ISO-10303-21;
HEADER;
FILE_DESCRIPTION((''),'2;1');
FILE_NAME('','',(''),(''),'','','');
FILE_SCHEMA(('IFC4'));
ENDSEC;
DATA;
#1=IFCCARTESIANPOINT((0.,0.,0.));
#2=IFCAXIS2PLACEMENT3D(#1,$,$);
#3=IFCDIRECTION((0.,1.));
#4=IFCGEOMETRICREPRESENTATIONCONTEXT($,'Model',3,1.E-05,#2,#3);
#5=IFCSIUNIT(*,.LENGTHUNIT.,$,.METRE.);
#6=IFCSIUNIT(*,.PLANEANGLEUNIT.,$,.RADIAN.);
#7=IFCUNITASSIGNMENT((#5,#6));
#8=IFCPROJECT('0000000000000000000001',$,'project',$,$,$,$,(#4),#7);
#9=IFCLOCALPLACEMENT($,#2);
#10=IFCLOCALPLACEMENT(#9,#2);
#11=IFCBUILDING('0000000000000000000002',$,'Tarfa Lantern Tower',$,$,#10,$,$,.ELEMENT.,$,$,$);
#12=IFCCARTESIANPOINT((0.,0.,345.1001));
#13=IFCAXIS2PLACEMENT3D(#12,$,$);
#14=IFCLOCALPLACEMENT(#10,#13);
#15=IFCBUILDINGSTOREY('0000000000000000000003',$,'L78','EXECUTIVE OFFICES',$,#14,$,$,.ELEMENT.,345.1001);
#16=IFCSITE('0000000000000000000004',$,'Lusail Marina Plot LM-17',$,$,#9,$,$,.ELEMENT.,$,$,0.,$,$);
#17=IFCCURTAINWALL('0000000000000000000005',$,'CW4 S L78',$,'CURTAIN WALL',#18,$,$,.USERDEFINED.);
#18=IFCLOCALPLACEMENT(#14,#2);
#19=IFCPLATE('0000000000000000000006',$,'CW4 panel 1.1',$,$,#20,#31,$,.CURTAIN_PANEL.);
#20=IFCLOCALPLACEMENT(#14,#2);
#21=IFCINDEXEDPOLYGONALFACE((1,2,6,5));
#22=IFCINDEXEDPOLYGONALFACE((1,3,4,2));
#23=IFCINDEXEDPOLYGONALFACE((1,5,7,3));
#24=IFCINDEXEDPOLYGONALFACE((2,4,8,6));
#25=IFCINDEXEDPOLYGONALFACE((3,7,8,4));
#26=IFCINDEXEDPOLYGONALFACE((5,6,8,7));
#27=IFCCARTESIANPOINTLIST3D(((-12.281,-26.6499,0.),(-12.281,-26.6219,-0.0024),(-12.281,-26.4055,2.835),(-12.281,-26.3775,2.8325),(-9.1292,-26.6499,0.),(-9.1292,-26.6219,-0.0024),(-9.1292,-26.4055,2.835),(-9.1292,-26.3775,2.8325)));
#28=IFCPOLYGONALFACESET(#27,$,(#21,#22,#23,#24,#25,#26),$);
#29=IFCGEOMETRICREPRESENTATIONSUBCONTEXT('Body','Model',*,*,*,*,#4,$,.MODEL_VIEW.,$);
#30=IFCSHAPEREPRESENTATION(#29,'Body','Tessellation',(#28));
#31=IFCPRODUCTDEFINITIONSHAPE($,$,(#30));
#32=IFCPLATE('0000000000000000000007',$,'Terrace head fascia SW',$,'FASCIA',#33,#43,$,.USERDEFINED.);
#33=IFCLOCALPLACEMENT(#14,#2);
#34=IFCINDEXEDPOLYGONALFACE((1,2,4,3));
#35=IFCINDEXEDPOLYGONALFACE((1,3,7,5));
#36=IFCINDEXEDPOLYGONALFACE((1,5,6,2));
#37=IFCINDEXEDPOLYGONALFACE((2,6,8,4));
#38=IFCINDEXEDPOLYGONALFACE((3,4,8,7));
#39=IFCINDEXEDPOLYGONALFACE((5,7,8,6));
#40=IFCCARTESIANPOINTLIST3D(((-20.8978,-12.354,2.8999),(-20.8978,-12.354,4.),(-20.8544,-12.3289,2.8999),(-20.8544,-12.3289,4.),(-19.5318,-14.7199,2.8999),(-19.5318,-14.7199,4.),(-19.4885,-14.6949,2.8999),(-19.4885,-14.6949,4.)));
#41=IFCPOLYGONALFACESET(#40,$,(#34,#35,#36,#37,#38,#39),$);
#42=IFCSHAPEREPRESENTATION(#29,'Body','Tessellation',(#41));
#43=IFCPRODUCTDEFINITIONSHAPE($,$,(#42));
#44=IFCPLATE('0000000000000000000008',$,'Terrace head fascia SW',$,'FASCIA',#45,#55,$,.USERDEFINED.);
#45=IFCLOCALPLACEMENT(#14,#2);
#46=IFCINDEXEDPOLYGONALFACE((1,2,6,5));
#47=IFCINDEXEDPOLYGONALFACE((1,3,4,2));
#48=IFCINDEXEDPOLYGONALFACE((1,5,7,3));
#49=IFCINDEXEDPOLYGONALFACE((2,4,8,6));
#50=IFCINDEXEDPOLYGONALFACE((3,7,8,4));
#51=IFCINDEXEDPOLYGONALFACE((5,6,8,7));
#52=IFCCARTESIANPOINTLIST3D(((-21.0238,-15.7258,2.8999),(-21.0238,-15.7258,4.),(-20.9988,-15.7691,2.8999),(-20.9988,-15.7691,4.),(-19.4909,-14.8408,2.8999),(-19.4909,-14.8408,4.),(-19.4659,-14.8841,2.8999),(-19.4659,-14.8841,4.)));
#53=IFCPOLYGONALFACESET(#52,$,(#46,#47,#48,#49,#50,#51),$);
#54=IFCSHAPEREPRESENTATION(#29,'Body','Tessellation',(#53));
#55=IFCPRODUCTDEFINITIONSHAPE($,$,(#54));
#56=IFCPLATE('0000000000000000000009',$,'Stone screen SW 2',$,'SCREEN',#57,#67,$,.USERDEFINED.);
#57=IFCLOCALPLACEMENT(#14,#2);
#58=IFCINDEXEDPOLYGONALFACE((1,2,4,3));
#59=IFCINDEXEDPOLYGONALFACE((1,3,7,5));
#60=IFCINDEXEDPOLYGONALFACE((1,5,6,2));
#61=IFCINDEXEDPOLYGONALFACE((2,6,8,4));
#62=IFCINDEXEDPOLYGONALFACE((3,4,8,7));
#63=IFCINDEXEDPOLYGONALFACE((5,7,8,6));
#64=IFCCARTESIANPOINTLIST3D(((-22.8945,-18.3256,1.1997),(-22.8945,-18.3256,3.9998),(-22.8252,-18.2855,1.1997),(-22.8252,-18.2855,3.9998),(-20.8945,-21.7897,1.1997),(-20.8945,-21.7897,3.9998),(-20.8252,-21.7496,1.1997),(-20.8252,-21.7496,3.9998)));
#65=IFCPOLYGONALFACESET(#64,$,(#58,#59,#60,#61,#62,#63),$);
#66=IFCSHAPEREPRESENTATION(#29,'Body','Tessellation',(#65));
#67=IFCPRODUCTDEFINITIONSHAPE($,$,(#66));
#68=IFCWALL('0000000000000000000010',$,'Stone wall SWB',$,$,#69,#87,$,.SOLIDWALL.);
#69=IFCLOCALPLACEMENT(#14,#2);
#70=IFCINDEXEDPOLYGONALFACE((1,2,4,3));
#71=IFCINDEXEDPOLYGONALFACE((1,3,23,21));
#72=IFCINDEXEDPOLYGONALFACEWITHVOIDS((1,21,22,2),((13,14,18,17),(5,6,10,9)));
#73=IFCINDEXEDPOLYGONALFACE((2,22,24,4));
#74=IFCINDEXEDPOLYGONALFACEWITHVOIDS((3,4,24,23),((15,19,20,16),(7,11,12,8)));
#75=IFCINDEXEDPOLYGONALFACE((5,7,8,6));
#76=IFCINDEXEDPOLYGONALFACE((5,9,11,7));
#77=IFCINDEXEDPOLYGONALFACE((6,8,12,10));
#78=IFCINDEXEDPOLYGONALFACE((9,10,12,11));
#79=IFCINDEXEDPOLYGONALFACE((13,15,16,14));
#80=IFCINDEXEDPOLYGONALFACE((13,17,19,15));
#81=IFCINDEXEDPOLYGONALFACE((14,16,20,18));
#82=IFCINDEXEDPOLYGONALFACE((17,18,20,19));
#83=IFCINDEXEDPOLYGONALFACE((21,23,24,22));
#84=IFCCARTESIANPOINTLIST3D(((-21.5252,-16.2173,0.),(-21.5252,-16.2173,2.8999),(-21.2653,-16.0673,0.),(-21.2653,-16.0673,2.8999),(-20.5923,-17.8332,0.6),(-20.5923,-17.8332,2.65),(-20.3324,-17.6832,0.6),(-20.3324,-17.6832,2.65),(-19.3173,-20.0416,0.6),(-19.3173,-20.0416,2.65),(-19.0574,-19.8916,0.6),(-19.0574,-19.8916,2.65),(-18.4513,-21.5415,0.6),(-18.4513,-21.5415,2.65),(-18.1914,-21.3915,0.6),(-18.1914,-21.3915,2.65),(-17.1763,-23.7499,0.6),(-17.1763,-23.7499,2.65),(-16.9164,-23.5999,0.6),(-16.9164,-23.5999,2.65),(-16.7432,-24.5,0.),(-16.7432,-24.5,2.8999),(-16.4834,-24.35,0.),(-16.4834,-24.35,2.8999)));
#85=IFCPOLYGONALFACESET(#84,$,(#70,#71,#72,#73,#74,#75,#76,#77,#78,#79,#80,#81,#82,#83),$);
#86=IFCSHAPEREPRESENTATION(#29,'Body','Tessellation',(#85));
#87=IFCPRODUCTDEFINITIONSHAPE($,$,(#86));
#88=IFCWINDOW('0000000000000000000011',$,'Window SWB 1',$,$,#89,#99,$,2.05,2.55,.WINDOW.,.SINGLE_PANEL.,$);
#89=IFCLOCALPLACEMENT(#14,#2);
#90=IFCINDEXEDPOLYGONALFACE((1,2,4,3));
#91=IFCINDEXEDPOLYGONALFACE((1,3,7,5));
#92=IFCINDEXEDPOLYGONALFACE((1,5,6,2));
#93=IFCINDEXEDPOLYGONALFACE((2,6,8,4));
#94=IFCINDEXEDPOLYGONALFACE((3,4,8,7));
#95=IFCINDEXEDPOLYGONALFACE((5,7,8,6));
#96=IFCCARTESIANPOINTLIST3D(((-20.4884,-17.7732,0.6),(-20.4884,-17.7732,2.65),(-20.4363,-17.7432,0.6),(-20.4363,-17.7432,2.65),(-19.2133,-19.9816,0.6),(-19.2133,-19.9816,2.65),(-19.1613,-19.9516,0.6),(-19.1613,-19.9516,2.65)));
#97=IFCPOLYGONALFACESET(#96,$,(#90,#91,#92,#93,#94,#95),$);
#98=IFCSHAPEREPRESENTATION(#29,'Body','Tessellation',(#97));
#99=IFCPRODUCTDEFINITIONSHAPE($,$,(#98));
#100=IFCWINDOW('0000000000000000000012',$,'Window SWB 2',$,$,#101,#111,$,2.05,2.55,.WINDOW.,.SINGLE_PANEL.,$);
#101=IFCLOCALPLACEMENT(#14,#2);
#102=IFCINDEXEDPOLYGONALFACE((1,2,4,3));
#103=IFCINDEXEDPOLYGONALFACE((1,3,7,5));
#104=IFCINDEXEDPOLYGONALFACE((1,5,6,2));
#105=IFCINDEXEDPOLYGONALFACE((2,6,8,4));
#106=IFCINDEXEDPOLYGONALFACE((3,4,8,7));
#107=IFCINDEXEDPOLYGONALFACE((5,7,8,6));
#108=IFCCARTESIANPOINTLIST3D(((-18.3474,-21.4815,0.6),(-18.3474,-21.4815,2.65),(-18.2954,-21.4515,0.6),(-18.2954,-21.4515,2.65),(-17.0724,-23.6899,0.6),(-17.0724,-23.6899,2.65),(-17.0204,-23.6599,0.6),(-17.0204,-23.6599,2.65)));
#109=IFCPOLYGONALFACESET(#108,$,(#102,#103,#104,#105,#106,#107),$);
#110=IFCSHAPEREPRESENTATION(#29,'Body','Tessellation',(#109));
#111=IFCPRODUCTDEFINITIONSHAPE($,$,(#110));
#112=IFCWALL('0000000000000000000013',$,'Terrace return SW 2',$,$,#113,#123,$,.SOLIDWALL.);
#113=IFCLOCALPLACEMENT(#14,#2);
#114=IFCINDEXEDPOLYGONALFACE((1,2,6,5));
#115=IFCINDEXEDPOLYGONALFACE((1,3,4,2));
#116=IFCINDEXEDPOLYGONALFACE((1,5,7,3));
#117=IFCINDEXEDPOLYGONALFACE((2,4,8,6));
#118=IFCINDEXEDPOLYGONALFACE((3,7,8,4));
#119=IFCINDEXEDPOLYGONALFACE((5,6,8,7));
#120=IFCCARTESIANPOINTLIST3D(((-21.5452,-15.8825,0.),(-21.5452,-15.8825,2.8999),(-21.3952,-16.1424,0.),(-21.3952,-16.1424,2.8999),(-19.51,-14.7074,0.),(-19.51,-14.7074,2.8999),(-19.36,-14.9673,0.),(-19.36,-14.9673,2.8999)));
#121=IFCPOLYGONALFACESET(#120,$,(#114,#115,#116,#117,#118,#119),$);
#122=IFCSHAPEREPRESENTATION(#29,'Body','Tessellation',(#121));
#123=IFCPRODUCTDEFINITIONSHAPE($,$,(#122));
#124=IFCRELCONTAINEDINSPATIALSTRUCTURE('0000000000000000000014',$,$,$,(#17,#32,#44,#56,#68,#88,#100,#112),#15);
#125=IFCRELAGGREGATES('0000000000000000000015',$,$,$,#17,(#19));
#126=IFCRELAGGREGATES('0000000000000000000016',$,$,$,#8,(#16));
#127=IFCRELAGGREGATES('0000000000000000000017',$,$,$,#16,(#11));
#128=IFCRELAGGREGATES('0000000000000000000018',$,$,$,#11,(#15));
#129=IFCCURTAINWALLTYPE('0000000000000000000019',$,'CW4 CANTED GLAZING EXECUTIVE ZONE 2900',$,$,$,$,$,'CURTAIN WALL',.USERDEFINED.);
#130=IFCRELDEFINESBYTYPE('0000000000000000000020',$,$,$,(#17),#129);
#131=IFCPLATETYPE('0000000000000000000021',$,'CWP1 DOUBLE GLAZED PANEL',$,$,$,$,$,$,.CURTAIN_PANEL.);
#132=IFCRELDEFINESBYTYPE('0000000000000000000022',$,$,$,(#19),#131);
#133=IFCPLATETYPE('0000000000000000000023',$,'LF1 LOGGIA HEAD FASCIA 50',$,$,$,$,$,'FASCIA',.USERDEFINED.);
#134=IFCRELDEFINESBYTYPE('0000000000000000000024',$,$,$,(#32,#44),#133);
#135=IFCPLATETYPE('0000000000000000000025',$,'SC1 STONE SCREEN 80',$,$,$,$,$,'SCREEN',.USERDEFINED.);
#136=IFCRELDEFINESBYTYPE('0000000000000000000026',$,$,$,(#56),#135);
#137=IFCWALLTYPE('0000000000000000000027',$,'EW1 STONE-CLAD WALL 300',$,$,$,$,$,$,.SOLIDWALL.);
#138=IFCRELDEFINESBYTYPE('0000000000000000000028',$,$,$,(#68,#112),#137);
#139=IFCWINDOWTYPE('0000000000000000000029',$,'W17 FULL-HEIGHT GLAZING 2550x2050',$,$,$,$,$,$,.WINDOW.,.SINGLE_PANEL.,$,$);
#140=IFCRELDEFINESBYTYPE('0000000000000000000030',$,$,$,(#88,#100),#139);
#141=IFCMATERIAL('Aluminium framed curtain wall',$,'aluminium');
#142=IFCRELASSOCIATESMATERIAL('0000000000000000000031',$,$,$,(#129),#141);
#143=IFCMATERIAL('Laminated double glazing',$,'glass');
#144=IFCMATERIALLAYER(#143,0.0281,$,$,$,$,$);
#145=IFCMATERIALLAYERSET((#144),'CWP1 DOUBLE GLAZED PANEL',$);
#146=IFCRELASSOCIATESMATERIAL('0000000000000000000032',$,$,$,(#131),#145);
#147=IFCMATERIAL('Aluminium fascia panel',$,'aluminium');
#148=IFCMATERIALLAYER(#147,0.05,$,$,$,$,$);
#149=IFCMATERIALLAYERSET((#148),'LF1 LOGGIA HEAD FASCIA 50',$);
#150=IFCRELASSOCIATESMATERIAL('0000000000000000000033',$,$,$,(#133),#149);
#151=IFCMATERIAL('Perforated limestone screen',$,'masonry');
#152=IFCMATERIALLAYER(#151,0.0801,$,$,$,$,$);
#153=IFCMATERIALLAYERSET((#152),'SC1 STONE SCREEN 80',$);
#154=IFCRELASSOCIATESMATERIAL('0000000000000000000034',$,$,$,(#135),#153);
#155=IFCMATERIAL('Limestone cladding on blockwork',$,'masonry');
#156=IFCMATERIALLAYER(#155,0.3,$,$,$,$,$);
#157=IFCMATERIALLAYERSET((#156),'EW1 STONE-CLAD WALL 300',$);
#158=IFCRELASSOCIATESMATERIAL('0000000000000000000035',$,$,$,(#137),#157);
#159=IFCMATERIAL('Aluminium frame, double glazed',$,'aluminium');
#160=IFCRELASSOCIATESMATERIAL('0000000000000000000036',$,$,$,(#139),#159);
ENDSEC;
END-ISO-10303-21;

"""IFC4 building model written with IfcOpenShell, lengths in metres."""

from ifc_helpers import new_model, si_unit, direction, frame, frame_2d, origin, origin_2d, place, context, subcontext, project, spatial, polyline, rectangle, outline, extrude, material, layer, layer_set, type_object, element, fill, aggregate, save


model = new_model("IFC4")

# Units and contexts
model_context = context("Model", 3, precision=1e-05, world=origin(), true_north=direction((0.0, 1.0)))
body_context = subcontext(model_context, "Body", "Model", "MODEL_VIEW")
ifc_project = project(units=[si_unit("LENGTHUNIT", "METRE"), si_unit("PLANEANGLEUNIT", "RADIAN")], contexts=[model_context])

# Site, building, storey
site_placement = place(None, origin())
site = spatial("IfcSite", under=ifc_project, at=site_placement, Name="Lusail Marina Plot LM-17", CompositionType="ELEMENT", RefElevation=0.0)
building_placement = place(site_placement, origin())
building = spatial("IfcBuilding", under=site, at=building_placement, Name="Tarfa Lantern Tower", CompositionType="ELEMENT")
storey_placement = place(building_placement, frame((0.0, 0.0, 345.1001)))
storey = spatial("IfcBuildingStorey", under=building, at=storey_placement, Name="L78", Description="EXECUTIVE OFFICES", CompositionType="ELEMENT", Elevation=345.1001)

# Curtain wall
ifc_material_1 = material(Name="Aluminium framed curtain wall", Category="aluminium")
curtain_wall_type = type_object("IfcCurtainWallType", Name="CW4 CANTED GLAZING EXECUTIVE ZONE 2900", ElementType="CURTAIN WALL", PredefinedType="USERDEFINED", material=ifc_material_1)
curtain_wall_placement = place(storey_placement, origin())
curtain_wall = element("IfcCurtainWall", 1, at=curtain_wall_placement, inside=storey, type_object=curtain_wall_type, Name="CW4 S L78", ObjectType="CURTAIN WALL", PredefinedType="USERDEFINED")

# Plate
ifc_material_2 = material(Name="Laminated double glazing", Category="glass")
ifc_layer_1 = layer(ifc_material_2, 0.0281)
ifc_layer_set_1 = layer_set([ifc_layer_1], Name="CWP1 DOUBLE GLAZED PANEL")
plate_type_1 = type_object("IfcPlateType", Name="CWP1 DOUBLE GLAZED PANEL", PredefinedType="CURTAIN_PANEL", material=ifc_layer_set_1)
plate_1_placement = place(storey_placement, frame((-12.281, -26.6499, 0.0), z_axis=(0.0, -0.996305, 0.085885), x_axis=(1.0, 0.0, 0.0)))
plate_1 = element("IfcPlate", 2, at=plate_1_placement, type_object=plate_type_1, Name="CW4 panel 1.1", PredefinedType="CURTAIN_PANEL", context=body_context, shape_type="SweptSolid", body=[
    extrude(outline(polyline([(0.0, 0.0), (3.1519, 0.0), (3.1519, 2.8455), (0.0, 2.8455), (0.0, 0.0)])), origin(), (0.0, 0.0, -1.0), 0.0281),
])
aggregate(curtain_wall, [plate_1])

# Plates
ifc_material_3 = material(Name="Aluminium fascia panel", Category="aluminium")
ifc_layer_2 = layer(ifc_material_3, 0.05)
ifc_layer_set_2 = layer_set([ifc_layer_2], Name="LF1 LOGGIA HEAD FASCIA 50")
plate_type_2 = type_object("IfcPlateType", Name="LF1 LOGGIA HEAD FASCIA 50", ElementType="FASCIA", PredefinedType="USERDEFINED", material=ifc_layer_set_2)
plate_2_placement = place(storey_placement, frame((-20.1931, -13.5244, 2.8999), z_axis=(0.0, 0.0, 1.0), x_axis=(0.5, -0.866025, 0.0)))
element("IfcPlate", 3, at=plate_2_placement, inside=storey, type_object=plate_type_2, Name="Terrace head fascia SW", ObjectType="FASCIA", PredefinedType="USERDEFINED", context=body_context, shape_type="SweptSolid", body=[
    extrude(rectangle(XDim=2.7319, YDim=0.05, at=origin_2d()), origin(), (0.0, 0.0, 1.0), 1.1001),
])
plate_3_placement = place(storey_placement, frame((-20.2449, -15.3049, 2.8999), z_axis=(0.0, 0.0, 1.0), x_axis=(0.866025, 0.5, 0.0)))
element("IfcPlate", 4, at=plate_3_placement, inside=storey, type_object=plate_type_2, Name="Terrace head fascia SW", ObjectType="FASCIA", PredefinedType="USERDEFINED", context=body_context, shape_type="SweptSolid", body=[
    extrude(rectangle(XDim=1.77, YDim=0.05, at=origin_2d()), origin(), (0.0, 0.0, 1.0), 1.1001),
])
ifc_material_4 = material(Name="Perforated limestone screen", Category="masonry")
ifc_layer_3 = layer(ifc_material_4, 0.0801)
ifc_layer_set_3 = layer_set([ifc_layer_3], Name="SC1 STONE SCREEN 80")
plate_type_3 = type_object("IfcPlateType", Name="SC1 STONE SCREEN 80", ElementType="SCREEN", PredefinedType="USERDEFINED", material=ifc_layer_set_3)
plate_4_placement = place(storey_placement, frame((-21.8599, -20.0376, 1.1997), z_axis=(0.0, 0.0, 1.0), x_axis=(0.5, -0.866025, 0.0)))
element("IfcPlate", 5, at=plate_4_placement, inside=storey, type_object=plate_type_3, Name="Stone screen SW 2", ObjectType="SCREEN", PredefinedType="USERDEFINED", context=body_context, shape_type="SweptSolid", body=[
    extrude(rectangle(XDim=4.0, YDim=0.0801, at=origin_2d()), origin(), (0.0, 0.0, 1.0), 2.8),
])

# Wall, openings, windows
ifc_material_5 = material(Name="Limestone cladding on blockwork", Category="masonry")
ifc_layer_4 = layer(ifc_material_5, 0.3)
ifc_layer_set_4 = layer_set([ifc_layer_4], Name="EW1 STONE-CLAD WALL 300")
wall_type = type_object("IfcWallType", Name="EW1 STONE-CLAD WALL 300", PredefinedType="SOLIDWALL", material=ifc_layer_set_4)
wall_1_placement = place(storey_placement, frame((-21.3953, -16.1423, 0.0), z_axis=(0.0, 0.0, 1.0), x_axis=(0.499996, -0.866027, 0.0)))
wall_1 = element("IfcWall", 6, at=wall_1_placement, inside=storey, type_object=wall_type, Name="Stone wall SWB", PredefinedType="SOLIDWALL", context=body_context, shape_type="SweptSolid", body=[
    extrude(rectangle(XDim=9.564, YDim=0.3, at=frame_2d((4.782, 0.0))), origin(), (0.0, 0.0, 1.0), 2.8999),
])
opening_1_placement = place(wall_1_placement, frame((1.866, 0.0, 0.6001)))
opening_1 = element("IfcOpeningElement", 7, at=opening_1_placement, cuts=wall_1, PredefinedType="OPENING", context=body_context, shape_type="SweptSolid", body=[
    extrude(rectangle(XDim=2.55, YDim=2.05, at=frame_2d((1.2749, 1.0249))), frame((0.0, 0.1599, 0.0), z_axis=(0.0, -1.0, 0.0), x_axis=(1.0, 0.0, 0.0)), (0.0, 0.0, 1.0), 0.3201),
])
opening_2_placement = place(wall_1_placement, frame((6.1479, 0.0, 0.6001)))
opening_2 = element("IfcOpeningElement", 8, at=opening_2_placement, cuts=wall_1, PredefinedType="OPENING", context=body_context, shape_type="SweptSolid", body=[
    extrude(rectangle(XDim=2.55, YDim=2.05, at=frame_2d((1.2749, 1.0249))), frame((0.0, 0.1599, 0.0), z_axis=(0.0, -1.0, 0.0), x_axis=(1.0, 0.0, 0.0)), (0.0, 0.0, 1.0), 0.3201),
])
ifc_material_6 = material(Name="Aluminium frame, double glazed", Category="aluminium")
window_type = type_object("IfcWindowType", Name="W17 FULL-HEIGHT GLAZING 2550x2050", PartitioningType="SINGLE_PANEL", PredefinedType="WINDOW", material=ifc_material_6)
window_1_placement = place(opening_1_placement, origin())
window_1 = element("IfcWindow", 9, at=window_1_placement, inside=storey, type_object=window_type, Name="Window SWB 1", OverallHeight=2.05, OverallWidth=2.55, PartitioningType="SINGLE_PANEL", PredefinedType="WINDOW", context=body_context, shape_type="SweptSolid", body=[
    extrude(rectangle(XDim=2.55, YDim=2.05, at=frame_2d((1.2749, 1.0249))), frame((0.0, 0.03, 0.0), z_axis=(0.0, -1.0, 0.0), x_axis=(1.0, 0.0, 0.0)), (0.0, 0.0, 1.0), 0.0601),
])
fill(opening_1, window_1)
window_2_placement = place(opening_2_placement, origin())
window_2 = element("IfcWindow", 10, at=window_2_placement, inside=storey, type_object=window_type, Name="Window SWB 2", OverallHeight=2.05, OverallWidth=2.55, PartitioningType="SINGLE_PANEL", PredefinedType="WINDOW", context=body_context, shape_type="SweptSolid", body=[
    extrude(rectangle(XDim=2.55, YDim=2.05, at=frame_2d((1.2749, 1.0249))), frame((0.0, 0.03, 0.0), z_axis=(0.0, -1.0, 0.0), x_axis=(1.0, 0.0, 0.0)), (0.0, 0.0, 1.0), 0.0601),
])
fill(opening_2, window_2)

# Wall
wall_2_placement = place(storey_placement, frame((-21.4702, -16.0125, 0.0), z_axis=(0.0, 0.0, 1.0), x_axis=(0.866016, 0.500016, 0.0)))
element("IfcWall", 11, at=wall_2_placement, inside=storey, type_object=wall_type, Name="Terrace return SW 2", PredefinedType="SOLIDWALL", context=body_context, shape_type="SweptSolid", body=[
    extrude(rectangle(XDim=2.3501, YDim=0.3, at=frame_2d((1.175, 0.0))), origin(), (0.0, 0.0, 1.0), 2.8999),
])

save(model, "model.ifc")
